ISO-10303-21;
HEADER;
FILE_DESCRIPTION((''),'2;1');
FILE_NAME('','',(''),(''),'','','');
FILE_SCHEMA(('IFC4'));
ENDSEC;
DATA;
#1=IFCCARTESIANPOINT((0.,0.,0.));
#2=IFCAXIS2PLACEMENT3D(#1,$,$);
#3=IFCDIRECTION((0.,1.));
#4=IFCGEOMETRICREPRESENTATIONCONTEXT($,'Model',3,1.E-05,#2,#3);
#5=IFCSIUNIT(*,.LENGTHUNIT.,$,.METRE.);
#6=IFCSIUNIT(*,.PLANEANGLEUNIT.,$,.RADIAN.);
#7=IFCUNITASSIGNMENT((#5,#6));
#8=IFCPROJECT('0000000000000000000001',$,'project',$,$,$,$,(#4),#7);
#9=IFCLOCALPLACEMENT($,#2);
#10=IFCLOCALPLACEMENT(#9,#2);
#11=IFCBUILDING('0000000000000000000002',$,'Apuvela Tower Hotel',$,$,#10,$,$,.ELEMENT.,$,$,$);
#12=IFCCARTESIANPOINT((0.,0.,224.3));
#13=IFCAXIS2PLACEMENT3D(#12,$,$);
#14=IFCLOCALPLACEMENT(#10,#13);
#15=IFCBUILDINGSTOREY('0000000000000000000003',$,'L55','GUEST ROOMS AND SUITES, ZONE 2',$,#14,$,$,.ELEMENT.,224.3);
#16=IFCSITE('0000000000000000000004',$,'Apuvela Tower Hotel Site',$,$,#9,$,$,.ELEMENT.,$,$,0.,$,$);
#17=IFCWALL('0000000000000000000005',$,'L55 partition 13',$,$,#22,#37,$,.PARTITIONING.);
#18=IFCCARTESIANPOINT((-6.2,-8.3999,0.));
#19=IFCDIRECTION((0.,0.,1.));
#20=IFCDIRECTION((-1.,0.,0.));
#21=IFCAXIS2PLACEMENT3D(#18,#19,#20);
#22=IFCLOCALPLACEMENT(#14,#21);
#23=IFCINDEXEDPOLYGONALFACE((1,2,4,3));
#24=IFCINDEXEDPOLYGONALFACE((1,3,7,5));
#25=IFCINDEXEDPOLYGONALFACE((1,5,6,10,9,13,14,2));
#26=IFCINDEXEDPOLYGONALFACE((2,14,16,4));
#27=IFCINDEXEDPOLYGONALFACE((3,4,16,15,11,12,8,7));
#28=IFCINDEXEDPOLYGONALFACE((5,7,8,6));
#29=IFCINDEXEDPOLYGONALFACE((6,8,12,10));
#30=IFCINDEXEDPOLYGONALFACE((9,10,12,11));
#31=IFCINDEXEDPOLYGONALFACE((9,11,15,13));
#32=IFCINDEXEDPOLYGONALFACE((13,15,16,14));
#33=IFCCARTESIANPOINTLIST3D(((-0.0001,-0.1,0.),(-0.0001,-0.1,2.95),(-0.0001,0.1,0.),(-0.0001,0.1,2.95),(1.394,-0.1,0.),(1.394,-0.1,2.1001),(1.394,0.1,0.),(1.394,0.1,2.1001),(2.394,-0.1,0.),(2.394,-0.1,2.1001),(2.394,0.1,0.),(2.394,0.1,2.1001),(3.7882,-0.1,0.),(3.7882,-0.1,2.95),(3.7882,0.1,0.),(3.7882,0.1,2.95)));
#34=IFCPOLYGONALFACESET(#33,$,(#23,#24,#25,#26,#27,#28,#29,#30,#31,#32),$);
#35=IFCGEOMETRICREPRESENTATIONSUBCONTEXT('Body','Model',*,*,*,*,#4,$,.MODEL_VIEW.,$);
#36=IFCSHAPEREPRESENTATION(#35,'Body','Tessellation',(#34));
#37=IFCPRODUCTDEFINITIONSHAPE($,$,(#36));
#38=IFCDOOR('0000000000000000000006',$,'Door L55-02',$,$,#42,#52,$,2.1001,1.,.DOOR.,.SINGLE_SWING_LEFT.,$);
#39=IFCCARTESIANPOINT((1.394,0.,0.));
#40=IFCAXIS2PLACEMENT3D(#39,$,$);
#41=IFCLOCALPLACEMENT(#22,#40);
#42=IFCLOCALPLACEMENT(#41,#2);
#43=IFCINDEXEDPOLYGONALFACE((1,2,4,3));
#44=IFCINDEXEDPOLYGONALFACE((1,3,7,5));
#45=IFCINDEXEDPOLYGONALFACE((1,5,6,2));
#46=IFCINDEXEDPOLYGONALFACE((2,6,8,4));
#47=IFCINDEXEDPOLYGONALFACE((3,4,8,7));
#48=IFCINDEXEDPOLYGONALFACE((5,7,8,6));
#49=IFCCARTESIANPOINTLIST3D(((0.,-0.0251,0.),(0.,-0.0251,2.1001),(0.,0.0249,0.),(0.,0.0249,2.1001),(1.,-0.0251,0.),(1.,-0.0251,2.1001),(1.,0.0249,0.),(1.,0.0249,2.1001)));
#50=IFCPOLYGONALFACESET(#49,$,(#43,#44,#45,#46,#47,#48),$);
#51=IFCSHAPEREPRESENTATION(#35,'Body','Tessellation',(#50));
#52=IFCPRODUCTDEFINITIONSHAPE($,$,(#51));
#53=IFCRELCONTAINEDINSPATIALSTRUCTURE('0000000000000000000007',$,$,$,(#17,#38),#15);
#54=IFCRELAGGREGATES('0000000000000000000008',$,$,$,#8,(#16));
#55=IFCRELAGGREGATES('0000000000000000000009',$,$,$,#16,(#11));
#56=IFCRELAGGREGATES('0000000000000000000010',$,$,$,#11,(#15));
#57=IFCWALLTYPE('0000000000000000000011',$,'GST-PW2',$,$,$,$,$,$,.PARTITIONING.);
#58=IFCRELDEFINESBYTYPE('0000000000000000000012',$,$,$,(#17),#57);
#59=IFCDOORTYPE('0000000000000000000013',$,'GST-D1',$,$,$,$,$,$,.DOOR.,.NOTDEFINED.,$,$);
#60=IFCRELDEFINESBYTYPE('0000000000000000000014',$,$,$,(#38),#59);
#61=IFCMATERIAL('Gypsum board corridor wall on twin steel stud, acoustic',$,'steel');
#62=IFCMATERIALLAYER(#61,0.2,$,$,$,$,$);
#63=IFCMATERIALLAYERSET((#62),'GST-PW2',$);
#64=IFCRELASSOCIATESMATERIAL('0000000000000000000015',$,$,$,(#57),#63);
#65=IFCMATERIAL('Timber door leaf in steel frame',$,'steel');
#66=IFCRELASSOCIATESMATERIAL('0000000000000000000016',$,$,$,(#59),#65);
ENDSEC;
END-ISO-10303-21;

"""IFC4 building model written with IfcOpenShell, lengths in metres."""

from ifc_helpers import new_model, si_unit, direction, frame, frame_2d, origin, place, context, subcontext, project, spatial, rectangle, extrude, material, layer, layer_set, type_object, element, fill, save


model = new_model("IFC4")

# Units and contexts
model_context = context("Model", 3, precision=1e-05, world=origin(), true_north=direction((0.0, 1.0)))
body_context = subcontext(model_context, "Body", "Model", "MODEL_VIEW")
ifc_project = project(units=[si_unit("LENGTHUNIT", "METRE"), si_unit("PLANEANGLEUNIT", "RADIAN")], contexts=[model_context])

# Site, building, storey
site_placement = place(None, origin())
site = spatial("IfcSite", under=ifc_project, at=site_placement, Name="Apuvela Tower Hotel Site", CompositionType="ELEMENT", RefElevation=0.0)
building_placement = place(site_placement, origin())
building = spatial("IfcBuilding", under=site, at=building_placement, Name="Apuvela Tower Hotel", CompositionType="ELEMENT")
storey_placement = place(building_placement, frame((0.0, 0.0, 224.3)))
storey = spatial("IfcBuildingStorey", under=building, at=storey_placement, Name="L55", Description="GUEST ROOMS AND SUITES, ZONE 2", CompositionType="ELEMENT", Elevation=224.3)

# Wall, opening, door
ifc_material_1 = material(Name="Gypsum board corridor wall on twin steel stud, acoustic", Category="steel")
ifc_layer_1 = layer(ifc_material_1, 0.2)
ifc_layer_set_1 = layer_set([ifc_layer_1], Name="GST-PW2")
wall_type_1 = type_object("IfcWallType", Name="GST-PW2", PredefinedType="PARTITIONING", material=ifc_layer_set_1)
wall_1_placement = place(storey_placement, frame((-6.2, -8.3999, 0.0), z_axis=(0.0, 0.0, 1.0), x_axis=(-1.0, 0.0, 0.0)))
wall_1 = element("IfcWall", 1, at=wall_1_placement, inside=storey, type_object=wall_type_1, Name="L55 partition 13", PredefinedType="PARTITIONING", context=body_context, shape_type="SweptSolid", body=[
    extrude(rectangle(XDim=3.7883, YDim=0.2, at=frame_2d((1.894, 0.0))), origin(), (0.0, 0.0, 1.0), 2.95),
])
opening_1_placement = place(wall_1_placement, frame((1.394, 0.0, 0.0)))
opening_1 = element("IfcOpeningElement", 2, at=opening_1_placement, cuts=wall_1, PredefinedType="OPENING", context=body_context, shape_type="SweptSolid", body=[
    extrude(rectangle(XDim=1.0, YDim=2.1001, at=frame_2d((0.5, 1.05))), frame((0.0, 0.1099, 0.0), z_axis=(0.0, -1.0, 0.0), x_axis=(1.0, 0.0, 0.0)), (0.0, 0.0, 1.0), 0.22),
])
ifc_material_2 = material(Name="Timber door leaf in steel frame", Category="steel")
door_type_1 = type_object("IfcDoorType", Name="GST-D1", OperationType="NOTDEFINED", PredefinedType="DOOR", material=ifc_material_2)
door_1_placement = place(opening_1_placement, origin())
door_1 = element("IfcDoor", 3, at=door_1_placement, inside=storey, type_object=door_type_1, Name="Door L55-02", OperationType="SINGLE_SWING_LEFT", OverallHeight=2.1001, OverallWidth=1.0, PredefinedType="DOOR", context=body_context, shape_type="SweptSolid", body=[
    extrude(rectangle(XDim=1.0, YDim=2.1001, at=frame_2d((0.5, 1.05))), frame((0.0, 0.0249, 0.0), z_axis=(0.0, -1.0, 0.0), x_axis=(1.0, 0.0, 0.0)), (0.0, 0.0, 1.0), 0.05),
])
fill(opening_1, door_1)

save(model, "model.ifc")
